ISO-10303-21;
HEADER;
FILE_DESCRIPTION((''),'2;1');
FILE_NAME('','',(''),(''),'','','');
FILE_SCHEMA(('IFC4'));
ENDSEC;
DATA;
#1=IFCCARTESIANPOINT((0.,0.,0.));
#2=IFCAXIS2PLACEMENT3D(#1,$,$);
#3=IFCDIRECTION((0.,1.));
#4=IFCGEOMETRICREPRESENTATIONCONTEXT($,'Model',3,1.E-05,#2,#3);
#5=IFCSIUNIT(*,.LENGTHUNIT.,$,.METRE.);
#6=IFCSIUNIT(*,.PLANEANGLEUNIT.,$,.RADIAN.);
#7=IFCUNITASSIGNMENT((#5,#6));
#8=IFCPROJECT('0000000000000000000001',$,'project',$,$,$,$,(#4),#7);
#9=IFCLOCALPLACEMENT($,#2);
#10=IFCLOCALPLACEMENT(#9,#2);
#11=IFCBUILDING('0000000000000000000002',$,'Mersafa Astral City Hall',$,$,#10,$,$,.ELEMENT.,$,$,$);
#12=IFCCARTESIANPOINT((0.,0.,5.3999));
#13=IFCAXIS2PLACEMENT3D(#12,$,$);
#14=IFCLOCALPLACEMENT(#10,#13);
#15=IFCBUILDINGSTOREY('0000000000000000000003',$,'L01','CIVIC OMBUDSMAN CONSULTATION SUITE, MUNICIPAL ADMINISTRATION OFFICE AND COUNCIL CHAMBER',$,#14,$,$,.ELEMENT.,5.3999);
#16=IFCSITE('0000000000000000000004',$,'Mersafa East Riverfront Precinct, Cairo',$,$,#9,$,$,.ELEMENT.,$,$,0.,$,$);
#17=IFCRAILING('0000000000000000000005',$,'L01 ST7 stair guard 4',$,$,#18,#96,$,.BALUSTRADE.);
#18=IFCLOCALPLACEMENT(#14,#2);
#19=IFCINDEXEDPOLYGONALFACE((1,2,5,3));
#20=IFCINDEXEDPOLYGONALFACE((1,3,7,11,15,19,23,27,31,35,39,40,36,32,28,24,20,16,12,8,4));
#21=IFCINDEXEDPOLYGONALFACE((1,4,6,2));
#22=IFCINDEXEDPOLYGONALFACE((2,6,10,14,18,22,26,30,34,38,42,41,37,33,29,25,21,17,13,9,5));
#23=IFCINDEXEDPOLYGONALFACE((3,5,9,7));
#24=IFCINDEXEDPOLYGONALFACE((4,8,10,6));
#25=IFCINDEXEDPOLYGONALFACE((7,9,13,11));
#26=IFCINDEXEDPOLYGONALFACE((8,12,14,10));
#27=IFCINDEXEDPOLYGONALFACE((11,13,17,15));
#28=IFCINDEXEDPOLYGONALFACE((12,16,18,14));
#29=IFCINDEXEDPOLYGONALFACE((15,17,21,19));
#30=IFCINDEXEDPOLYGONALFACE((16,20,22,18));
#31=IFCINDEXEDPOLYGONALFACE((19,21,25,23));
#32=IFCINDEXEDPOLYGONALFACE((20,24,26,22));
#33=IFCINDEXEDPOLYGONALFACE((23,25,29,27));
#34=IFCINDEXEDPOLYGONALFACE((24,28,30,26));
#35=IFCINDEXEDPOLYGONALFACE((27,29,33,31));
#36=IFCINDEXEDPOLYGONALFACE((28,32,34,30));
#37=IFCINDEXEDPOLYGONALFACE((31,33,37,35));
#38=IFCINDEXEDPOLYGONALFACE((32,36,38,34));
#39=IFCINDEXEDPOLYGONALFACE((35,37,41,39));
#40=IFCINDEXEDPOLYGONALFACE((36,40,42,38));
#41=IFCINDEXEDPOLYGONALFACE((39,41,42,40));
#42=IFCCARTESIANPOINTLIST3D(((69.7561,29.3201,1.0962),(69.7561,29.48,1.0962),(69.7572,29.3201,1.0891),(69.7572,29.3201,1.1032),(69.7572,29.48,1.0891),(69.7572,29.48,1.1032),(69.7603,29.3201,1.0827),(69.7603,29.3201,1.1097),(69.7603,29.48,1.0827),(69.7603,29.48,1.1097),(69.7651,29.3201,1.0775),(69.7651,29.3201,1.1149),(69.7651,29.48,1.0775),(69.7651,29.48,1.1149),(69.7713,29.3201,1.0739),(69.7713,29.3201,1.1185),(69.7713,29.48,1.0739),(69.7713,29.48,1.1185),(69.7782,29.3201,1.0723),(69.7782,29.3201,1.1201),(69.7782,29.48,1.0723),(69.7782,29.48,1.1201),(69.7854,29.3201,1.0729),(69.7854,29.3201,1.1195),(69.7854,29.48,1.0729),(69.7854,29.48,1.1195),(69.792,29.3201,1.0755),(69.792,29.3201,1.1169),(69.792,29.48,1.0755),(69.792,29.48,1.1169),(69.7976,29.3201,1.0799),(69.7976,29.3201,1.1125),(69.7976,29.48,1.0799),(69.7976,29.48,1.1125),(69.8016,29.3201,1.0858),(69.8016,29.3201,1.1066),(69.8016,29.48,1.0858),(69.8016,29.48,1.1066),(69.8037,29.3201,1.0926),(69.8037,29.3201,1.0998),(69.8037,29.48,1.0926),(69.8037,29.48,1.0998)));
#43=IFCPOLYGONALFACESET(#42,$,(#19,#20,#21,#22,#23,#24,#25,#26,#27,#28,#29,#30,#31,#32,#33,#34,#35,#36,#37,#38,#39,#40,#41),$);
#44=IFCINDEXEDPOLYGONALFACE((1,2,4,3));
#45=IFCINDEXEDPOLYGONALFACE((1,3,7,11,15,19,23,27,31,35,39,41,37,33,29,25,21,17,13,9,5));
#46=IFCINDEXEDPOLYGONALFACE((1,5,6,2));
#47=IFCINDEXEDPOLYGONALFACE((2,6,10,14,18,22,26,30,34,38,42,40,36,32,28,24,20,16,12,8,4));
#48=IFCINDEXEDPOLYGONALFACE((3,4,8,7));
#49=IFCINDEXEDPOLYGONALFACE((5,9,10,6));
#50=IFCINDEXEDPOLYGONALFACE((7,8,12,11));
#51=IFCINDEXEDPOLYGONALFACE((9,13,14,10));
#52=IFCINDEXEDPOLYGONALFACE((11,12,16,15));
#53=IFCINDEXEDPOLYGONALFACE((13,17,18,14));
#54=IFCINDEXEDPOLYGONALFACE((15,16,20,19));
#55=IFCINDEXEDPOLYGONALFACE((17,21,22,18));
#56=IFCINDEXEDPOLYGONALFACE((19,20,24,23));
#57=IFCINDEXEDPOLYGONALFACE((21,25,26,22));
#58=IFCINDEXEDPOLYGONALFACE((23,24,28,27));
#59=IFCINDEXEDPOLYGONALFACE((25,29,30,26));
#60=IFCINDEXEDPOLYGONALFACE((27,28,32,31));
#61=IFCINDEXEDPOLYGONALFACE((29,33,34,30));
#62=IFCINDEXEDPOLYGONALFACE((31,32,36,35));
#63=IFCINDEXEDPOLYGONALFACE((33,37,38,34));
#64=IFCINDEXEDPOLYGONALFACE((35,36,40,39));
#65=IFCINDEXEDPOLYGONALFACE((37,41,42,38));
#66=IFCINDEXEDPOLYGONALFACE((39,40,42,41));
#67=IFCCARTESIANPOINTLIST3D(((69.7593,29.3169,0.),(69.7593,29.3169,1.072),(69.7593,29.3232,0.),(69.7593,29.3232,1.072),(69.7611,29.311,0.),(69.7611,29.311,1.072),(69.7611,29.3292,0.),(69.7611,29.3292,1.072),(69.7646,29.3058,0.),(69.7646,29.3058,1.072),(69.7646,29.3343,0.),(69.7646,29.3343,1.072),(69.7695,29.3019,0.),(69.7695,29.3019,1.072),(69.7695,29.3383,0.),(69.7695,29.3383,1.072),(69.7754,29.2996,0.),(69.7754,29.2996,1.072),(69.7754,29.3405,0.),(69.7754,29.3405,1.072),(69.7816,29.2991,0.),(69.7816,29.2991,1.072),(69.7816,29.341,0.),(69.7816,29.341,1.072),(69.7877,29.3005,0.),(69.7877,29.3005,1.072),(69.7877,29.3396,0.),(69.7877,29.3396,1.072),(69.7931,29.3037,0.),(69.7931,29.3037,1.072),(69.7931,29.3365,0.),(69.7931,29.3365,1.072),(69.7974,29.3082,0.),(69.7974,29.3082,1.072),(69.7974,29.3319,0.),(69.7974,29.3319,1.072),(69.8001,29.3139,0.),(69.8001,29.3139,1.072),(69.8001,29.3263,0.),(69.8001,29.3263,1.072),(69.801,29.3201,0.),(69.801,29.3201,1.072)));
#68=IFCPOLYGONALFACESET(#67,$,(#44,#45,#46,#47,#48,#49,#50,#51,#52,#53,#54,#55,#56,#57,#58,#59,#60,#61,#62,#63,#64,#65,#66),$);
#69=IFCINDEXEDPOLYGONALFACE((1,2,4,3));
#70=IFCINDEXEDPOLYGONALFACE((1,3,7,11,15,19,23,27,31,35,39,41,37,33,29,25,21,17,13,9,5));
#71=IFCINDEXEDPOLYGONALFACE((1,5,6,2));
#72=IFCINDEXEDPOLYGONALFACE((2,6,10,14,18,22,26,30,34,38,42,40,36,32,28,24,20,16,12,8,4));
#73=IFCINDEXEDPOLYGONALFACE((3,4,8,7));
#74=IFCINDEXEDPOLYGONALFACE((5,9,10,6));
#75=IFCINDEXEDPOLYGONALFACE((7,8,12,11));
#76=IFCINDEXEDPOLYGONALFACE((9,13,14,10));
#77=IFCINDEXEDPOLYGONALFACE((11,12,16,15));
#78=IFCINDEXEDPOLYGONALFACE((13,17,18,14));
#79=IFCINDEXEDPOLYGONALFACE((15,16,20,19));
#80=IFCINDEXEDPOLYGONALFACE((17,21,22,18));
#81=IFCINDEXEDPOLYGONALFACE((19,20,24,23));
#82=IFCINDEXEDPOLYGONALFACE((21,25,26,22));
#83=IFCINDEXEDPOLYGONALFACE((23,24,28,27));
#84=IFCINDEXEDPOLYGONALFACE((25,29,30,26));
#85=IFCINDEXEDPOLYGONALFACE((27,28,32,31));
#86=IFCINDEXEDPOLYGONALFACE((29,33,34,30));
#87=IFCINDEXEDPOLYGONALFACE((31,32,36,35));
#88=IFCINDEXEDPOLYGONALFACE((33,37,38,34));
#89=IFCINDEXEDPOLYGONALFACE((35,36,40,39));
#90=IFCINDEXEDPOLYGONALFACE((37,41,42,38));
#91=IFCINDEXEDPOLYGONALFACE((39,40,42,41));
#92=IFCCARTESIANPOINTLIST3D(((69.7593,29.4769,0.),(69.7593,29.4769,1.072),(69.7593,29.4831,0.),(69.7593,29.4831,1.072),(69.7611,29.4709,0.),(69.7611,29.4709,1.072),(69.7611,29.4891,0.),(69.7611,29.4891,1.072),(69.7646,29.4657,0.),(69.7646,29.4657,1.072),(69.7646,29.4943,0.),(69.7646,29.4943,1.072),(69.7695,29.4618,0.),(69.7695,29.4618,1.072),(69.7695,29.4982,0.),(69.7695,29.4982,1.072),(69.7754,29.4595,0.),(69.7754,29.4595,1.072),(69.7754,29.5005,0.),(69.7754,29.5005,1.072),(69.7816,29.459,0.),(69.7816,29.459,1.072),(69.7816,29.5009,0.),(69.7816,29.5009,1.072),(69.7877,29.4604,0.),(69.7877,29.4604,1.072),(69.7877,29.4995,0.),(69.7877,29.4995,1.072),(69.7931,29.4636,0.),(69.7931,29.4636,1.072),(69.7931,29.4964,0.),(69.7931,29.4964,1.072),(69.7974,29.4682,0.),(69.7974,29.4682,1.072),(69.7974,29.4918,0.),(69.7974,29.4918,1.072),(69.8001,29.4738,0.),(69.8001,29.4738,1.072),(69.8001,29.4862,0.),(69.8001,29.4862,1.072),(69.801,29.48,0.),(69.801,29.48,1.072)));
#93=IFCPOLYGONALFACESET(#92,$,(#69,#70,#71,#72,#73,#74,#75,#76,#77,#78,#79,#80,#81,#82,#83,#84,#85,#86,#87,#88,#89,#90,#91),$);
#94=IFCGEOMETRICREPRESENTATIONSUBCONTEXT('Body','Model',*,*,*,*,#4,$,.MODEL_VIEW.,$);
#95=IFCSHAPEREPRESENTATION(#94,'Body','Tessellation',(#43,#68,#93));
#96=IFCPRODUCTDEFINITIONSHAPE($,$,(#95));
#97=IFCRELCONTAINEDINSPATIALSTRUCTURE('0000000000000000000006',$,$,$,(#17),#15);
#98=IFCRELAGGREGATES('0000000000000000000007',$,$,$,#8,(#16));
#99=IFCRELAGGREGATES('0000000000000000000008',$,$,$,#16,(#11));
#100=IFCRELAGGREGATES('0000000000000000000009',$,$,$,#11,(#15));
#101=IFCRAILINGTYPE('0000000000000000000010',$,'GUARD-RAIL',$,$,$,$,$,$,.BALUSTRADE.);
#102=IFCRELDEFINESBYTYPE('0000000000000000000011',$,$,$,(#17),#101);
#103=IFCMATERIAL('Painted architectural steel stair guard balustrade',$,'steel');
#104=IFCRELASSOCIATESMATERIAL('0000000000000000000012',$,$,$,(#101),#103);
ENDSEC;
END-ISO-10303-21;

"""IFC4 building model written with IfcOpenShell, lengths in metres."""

from ifc_helpers import new_model, si_unit, direction, frame, origin, origin_2d, place, context, subcontext, project, spatial, circle, extrude, material, type_object, element, save


model = new_model("IFC4")

# Units and contexts
model_context = context("Model", 3, precision=1e-05, world=origin(), true_north=direction((0.0, 1.0)))
body_context = subcontext(model_context, "Body", "Model", "MODEL_VIEW")
ifc_project = project(units=[si_unit("LENGTHUNIT", "METRE"), si_unit("PLANEANGLEUNIT", "RADIAN")], contexts=[model_context])

# Site, building, storey
site_placement = place(None, origin())
site = spatial("IfcSite", under=ifc_project, at=site_placement, Name="Mersafa East Riverfront Precinct, Cairo", CompositionType="ELEMENT", RefElevation=0.0)
building_placement = place(site_placement, origin())
building = spatial("IfcBuilding", under=site, at=building_placement, Name="Mersafa Astral City Hall", CompositionType="ELEMENT")
storey_placement = place(building_placement, frame((0.0, 0.0, 5.3999)))
storey = spatial("IfcBuildingStorey", under=building, at=storey_placement, Name="L01", Description="CIVIC OMBUDSMAN CONSULTATION SUITE, MUNICIPAL ADMINISTRATION OFFICE AND COUNCIL CHAMBER", CompositionType="ELEMENT", Elevation=5.3999)

# Railing
ifc_material_1 = material(Name="Painted architectural steel stair guard balustrade", Category="steel")
railing_type_1 = type_object("IfcRailingType", Name="GUARD-RAIL", PredefinedType="BALUSTRADE", material=ifc_material_1)
railing_1_placement = place(storey_placement, frame((69.78, 29.3201, 0.0)))
element("IfcRailing", 1, at=railing_1_placement, inside=storey, type_object=railing_type_1, Name="L01 ST7 stair guard 4", PredefinedType="BALUSTRADE", context=body_context, shape_type="SweptSolid", body=[
    extrude(circle(Radius=0.0239, at=origin_2d()), frame((0.0, 0.0, 1.0962), z_axis=(0.0, 1.0, 0.0), x_axis=(-1.0, 0.0, 0.0)), (0.0, 0.0, 1.0), 0.1599),
    extrude(circle(Radius=0.021, at=origin_2d()), origin(), (0.0, 0.0, 1.0), 1.072),
    extrude(circle(Radius=0.021, at=origin_2d()), frame((0.0, 0.1599, 0.0)), (0.0, 0.0, 1.0), 1.072),
])

save(model, "model.ifc")
